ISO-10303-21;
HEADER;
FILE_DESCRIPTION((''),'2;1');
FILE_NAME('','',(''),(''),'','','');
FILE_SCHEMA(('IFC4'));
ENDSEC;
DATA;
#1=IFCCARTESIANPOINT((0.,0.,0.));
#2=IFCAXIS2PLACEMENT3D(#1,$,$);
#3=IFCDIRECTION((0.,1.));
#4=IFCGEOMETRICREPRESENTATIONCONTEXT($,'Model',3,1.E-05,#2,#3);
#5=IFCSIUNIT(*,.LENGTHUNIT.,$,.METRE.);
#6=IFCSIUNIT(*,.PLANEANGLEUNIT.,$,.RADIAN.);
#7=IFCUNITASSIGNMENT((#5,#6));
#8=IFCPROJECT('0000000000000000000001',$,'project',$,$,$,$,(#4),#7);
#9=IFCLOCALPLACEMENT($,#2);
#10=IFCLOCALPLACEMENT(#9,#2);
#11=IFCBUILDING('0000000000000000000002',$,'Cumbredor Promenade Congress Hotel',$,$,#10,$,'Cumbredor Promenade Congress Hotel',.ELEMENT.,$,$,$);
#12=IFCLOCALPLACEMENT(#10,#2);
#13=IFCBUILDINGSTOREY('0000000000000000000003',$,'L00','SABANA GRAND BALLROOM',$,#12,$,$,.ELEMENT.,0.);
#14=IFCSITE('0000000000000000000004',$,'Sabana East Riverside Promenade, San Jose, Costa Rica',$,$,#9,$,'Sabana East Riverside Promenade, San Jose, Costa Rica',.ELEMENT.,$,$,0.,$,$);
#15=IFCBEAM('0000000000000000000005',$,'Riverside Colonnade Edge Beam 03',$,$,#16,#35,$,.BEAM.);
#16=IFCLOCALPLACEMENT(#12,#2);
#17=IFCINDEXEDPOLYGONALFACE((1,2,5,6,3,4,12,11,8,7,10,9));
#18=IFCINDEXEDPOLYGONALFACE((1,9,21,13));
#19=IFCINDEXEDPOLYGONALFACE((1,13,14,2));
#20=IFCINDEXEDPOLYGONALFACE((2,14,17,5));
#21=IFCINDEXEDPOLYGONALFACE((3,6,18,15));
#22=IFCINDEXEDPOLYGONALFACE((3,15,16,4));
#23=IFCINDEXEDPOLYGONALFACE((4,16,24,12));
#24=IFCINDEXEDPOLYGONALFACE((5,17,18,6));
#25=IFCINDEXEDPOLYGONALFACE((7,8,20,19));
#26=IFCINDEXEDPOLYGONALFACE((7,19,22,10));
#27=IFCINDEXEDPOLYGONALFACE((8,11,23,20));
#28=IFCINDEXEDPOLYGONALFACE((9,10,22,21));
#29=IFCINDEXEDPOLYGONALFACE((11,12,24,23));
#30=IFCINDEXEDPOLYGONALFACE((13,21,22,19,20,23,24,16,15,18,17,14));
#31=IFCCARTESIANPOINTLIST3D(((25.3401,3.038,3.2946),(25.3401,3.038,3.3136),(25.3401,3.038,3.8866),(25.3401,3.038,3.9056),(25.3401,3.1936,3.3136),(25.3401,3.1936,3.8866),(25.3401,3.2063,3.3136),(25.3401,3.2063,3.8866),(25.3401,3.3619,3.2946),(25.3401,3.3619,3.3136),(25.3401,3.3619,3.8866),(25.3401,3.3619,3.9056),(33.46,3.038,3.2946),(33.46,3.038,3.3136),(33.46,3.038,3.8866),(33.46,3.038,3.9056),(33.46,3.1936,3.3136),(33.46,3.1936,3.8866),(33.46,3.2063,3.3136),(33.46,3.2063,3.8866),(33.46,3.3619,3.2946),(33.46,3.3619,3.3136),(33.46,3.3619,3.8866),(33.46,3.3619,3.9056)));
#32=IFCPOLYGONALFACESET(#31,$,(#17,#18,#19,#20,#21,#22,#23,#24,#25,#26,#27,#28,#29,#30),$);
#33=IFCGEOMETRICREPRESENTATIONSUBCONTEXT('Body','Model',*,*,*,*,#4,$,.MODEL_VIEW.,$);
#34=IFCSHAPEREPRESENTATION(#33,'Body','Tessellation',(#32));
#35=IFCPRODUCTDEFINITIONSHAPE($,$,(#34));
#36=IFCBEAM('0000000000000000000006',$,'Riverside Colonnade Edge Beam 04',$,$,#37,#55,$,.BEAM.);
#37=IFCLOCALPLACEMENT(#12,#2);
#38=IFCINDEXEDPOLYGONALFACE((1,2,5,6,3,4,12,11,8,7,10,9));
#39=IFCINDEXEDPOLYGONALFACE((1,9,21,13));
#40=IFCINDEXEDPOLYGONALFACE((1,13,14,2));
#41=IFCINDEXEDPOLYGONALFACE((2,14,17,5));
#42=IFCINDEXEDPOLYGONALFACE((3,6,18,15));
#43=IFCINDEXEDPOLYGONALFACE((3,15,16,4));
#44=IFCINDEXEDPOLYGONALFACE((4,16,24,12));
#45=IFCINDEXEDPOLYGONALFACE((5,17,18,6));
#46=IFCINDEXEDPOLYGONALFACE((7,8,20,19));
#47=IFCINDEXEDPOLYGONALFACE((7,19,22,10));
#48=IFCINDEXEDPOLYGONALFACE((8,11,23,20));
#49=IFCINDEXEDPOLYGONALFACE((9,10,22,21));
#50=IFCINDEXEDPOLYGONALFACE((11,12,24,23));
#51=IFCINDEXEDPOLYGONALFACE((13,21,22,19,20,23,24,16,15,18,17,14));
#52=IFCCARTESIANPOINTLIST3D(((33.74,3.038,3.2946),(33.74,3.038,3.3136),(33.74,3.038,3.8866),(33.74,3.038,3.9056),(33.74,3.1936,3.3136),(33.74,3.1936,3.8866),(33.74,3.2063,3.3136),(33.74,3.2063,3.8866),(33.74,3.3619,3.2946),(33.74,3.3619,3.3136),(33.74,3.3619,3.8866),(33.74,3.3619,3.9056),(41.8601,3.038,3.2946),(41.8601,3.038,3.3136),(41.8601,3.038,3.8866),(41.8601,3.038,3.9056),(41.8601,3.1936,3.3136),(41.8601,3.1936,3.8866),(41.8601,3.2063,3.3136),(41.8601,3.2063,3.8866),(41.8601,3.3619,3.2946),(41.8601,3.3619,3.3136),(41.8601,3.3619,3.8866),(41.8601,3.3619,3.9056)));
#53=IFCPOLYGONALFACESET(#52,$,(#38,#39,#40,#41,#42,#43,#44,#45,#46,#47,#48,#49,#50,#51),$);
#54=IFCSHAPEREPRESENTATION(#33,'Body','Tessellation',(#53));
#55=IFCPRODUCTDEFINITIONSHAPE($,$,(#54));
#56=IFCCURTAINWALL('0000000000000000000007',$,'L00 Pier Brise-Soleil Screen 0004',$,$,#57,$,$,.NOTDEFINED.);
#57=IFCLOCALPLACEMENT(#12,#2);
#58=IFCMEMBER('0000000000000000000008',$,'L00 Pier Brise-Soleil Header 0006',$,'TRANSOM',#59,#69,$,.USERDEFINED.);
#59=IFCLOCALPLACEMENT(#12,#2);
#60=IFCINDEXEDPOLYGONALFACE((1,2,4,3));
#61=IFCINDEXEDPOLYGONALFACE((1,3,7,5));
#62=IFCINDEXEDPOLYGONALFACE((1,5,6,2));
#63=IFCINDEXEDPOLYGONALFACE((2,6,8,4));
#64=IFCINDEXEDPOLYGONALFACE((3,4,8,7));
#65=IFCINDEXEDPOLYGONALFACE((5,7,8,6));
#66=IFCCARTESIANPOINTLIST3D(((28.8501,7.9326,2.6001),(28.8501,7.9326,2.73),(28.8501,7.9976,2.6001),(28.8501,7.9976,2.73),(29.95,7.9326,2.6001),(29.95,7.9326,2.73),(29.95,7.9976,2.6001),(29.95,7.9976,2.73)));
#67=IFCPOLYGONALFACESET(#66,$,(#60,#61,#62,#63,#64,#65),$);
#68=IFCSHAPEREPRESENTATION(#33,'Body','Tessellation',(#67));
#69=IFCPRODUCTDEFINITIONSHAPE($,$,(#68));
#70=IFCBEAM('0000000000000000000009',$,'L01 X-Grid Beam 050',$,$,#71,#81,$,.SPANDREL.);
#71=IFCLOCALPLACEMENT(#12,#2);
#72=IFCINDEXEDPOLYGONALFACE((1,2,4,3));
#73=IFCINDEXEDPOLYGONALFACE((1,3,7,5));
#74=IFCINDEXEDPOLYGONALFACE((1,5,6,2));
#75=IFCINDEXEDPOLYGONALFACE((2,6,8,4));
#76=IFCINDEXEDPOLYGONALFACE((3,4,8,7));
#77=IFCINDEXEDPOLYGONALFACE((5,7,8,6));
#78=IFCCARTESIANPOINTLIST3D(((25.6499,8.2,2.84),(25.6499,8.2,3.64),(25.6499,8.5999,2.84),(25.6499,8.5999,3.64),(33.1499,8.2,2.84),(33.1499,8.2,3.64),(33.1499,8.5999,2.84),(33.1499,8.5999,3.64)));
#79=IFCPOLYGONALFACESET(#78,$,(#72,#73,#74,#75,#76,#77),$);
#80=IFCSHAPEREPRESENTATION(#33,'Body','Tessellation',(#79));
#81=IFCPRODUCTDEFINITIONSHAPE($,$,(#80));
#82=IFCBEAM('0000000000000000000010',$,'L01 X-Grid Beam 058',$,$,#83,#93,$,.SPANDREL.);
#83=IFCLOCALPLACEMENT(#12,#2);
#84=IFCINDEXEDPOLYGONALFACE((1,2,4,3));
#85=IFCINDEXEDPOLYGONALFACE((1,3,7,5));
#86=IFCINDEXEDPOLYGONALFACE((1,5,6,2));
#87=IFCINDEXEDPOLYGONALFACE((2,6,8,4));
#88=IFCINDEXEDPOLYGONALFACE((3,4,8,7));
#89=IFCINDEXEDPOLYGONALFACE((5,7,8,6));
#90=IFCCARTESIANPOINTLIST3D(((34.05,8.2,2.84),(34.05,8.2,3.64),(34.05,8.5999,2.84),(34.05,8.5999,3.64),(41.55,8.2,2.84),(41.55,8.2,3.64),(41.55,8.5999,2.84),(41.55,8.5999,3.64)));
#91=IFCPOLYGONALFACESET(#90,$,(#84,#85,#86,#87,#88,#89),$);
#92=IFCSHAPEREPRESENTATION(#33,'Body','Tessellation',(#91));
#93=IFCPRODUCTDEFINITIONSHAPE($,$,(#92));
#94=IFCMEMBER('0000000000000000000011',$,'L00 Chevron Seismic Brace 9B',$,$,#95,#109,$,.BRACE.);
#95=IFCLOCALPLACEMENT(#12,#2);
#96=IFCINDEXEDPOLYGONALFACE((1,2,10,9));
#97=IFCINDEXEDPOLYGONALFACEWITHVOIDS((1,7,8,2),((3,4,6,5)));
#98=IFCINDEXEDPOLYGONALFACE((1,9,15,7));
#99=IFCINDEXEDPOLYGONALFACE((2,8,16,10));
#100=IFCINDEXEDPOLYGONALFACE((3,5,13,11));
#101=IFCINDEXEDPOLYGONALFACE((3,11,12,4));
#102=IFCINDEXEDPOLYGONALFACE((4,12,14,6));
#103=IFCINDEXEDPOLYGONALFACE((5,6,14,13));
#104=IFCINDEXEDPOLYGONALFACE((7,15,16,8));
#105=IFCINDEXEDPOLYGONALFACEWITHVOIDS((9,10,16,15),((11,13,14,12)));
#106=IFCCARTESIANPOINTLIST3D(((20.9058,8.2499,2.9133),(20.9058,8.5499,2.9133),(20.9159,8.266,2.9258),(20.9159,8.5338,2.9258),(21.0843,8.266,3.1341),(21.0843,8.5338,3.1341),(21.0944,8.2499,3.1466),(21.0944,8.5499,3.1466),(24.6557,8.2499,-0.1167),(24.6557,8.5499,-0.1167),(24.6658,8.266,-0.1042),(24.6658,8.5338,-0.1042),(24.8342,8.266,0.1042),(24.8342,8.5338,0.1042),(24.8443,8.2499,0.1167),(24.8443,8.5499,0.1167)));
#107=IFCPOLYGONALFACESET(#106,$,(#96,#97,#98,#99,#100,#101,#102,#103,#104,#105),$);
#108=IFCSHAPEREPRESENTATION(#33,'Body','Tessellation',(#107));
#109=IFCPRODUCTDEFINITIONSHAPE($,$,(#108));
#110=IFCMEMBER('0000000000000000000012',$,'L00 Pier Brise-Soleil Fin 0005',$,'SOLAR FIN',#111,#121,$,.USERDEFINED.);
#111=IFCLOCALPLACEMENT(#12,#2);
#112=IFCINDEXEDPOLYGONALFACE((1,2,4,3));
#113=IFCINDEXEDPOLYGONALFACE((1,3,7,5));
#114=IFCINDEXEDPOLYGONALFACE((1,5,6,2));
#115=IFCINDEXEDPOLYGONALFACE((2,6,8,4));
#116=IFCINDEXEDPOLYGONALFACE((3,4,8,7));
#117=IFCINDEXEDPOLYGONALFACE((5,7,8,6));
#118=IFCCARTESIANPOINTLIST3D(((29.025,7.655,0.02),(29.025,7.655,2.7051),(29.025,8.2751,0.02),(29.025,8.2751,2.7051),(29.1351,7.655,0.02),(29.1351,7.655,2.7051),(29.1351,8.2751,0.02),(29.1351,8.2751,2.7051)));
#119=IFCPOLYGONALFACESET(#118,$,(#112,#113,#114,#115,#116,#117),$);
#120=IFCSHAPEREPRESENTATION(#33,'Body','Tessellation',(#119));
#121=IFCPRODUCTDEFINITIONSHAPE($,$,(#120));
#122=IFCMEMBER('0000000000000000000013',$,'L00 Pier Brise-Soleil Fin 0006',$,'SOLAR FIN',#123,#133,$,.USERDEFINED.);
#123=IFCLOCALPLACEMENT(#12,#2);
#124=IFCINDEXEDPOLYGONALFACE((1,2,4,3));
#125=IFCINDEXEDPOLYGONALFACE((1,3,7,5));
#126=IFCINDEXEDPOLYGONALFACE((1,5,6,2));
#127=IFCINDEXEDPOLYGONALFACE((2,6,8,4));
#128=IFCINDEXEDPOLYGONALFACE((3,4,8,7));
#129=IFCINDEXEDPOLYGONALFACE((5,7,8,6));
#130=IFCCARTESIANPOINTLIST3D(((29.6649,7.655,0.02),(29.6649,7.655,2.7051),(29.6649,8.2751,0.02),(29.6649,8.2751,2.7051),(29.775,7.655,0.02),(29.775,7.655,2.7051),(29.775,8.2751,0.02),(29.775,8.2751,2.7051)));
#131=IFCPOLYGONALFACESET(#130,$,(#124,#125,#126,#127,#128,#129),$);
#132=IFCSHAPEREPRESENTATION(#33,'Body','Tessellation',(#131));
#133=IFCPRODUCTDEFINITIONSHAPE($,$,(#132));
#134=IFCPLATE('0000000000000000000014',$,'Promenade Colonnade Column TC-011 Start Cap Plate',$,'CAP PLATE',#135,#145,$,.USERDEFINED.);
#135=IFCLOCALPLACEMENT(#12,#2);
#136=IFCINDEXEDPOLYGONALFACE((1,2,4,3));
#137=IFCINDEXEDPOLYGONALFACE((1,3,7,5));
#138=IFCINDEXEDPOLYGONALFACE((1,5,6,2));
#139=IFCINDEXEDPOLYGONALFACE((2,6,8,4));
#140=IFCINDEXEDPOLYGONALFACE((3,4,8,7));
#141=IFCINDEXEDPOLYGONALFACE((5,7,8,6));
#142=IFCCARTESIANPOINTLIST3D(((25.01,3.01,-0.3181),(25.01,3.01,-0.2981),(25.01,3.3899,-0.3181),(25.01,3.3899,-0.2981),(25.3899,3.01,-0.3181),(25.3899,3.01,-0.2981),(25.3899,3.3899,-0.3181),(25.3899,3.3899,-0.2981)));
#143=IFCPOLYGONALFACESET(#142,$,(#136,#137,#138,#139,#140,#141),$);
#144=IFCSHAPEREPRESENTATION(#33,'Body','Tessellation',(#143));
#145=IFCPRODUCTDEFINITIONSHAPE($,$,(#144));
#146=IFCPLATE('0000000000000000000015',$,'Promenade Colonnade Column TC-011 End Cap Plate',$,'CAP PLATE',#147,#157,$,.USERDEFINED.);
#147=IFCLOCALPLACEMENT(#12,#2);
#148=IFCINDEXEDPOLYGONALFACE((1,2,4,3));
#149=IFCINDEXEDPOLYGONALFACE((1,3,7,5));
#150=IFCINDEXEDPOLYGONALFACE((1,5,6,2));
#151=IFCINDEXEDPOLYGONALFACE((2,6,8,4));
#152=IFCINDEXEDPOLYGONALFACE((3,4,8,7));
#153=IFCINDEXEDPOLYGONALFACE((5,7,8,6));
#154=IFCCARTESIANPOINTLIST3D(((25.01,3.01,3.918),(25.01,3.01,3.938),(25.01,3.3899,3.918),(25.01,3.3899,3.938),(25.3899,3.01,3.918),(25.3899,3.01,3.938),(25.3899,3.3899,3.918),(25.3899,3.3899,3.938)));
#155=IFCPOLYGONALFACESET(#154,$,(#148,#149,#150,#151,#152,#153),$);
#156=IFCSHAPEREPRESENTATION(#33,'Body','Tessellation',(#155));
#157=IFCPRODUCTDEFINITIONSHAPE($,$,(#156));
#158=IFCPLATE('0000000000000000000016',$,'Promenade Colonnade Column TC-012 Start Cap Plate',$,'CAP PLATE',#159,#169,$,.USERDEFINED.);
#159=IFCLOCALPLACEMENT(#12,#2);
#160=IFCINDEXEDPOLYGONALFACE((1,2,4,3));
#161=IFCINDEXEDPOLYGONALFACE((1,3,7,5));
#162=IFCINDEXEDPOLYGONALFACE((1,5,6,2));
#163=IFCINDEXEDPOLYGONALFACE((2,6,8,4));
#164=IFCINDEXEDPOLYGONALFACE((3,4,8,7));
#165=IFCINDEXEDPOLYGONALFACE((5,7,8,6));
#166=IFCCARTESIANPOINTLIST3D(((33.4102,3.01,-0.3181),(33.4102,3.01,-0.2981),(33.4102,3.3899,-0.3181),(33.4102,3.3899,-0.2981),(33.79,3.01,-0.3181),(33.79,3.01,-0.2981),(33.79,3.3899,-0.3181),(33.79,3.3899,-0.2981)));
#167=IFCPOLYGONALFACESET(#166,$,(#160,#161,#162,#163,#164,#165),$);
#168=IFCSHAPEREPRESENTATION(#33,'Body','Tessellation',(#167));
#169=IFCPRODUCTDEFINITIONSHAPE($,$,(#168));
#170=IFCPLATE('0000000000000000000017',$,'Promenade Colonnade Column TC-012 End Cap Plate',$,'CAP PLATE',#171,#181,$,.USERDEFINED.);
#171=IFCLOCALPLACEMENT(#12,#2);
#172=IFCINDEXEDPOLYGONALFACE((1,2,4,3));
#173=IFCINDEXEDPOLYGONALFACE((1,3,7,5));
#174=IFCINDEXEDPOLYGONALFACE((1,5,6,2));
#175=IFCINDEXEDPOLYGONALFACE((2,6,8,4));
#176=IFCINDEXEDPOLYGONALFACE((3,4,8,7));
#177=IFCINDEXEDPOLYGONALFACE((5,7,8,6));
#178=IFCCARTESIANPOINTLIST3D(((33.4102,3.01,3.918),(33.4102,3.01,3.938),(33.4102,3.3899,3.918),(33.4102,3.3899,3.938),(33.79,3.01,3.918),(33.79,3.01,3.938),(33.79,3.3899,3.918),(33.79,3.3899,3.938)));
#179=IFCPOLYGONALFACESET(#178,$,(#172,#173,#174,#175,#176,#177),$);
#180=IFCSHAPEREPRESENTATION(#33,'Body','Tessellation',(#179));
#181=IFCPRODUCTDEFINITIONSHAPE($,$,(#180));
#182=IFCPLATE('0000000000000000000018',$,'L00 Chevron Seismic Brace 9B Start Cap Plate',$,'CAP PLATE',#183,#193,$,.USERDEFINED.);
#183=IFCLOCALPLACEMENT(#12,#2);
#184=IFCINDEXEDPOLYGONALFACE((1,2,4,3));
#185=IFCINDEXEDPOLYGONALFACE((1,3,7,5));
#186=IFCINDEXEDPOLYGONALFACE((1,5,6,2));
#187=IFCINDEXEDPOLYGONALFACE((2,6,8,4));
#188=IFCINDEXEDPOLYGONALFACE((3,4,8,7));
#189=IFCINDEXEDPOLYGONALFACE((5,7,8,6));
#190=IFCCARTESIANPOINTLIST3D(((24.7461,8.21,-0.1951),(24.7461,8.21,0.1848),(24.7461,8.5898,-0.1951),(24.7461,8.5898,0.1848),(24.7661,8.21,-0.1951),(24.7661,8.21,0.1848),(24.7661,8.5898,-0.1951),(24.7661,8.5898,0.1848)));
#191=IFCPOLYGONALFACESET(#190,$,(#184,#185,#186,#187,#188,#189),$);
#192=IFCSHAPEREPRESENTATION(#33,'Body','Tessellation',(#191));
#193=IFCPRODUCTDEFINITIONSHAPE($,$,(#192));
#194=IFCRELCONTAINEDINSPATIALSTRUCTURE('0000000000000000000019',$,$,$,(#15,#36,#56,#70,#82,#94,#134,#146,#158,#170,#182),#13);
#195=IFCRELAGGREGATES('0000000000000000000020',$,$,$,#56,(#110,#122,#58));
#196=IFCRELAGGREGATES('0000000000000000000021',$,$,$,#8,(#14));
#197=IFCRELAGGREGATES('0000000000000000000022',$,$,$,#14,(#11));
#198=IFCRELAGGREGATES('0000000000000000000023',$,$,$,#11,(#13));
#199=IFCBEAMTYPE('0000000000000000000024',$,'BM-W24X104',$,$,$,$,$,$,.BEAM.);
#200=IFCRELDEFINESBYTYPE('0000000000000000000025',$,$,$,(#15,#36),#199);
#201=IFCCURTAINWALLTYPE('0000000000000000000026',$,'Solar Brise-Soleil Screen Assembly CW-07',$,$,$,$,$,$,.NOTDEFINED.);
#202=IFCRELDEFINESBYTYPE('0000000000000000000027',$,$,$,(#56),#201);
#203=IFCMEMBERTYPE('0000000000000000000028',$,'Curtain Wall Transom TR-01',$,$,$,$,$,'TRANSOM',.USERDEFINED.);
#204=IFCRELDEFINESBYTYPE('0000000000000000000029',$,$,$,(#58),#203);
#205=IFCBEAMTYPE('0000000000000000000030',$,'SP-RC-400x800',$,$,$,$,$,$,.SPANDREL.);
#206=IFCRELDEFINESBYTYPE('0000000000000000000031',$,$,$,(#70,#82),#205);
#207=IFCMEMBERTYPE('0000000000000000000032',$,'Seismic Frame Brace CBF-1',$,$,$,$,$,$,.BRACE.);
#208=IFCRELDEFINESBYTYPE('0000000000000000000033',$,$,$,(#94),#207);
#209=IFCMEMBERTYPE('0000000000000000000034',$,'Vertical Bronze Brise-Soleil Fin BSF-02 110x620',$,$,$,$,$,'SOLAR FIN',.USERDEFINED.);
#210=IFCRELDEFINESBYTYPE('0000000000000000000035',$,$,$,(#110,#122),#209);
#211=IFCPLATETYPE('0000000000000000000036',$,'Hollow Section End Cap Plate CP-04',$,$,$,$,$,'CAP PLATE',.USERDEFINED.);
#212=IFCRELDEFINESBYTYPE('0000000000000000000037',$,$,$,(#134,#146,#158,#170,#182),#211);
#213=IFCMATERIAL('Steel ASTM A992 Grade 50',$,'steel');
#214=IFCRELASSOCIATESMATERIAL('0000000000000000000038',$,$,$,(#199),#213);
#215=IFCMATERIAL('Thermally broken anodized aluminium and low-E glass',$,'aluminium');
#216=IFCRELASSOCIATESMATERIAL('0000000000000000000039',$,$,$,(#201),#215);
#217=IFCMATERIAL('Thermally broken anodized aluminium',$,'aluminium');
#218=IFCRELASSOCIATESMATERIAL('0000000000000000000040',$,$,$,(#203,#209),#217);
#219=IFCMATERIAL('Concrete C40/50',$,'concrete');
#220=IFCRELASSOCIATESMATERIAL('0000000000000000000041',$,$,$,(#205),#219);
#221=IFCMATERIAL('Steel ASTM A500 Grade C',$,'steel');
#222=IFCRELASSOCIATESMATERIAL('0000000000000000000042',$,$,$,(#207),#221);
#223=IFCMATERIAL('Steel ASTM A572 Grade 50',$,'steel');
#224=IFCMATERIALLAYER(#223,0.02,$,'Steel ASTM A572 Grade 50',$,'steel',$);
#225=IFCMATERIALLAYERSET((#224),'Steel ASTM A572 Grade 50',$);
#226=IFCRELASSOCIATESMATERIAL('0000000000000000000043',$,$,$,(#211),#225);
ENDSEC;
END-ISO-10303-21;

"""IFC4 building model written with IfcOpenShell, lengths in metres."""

from ifc_helpers import new_model, si_unit, direction, frame, origin, origin_2d, place, context, subcontext, project, spatial, rectangle, hollow_rectangle, i_section, extrude, material, layer, layer_set, material_profile, profile_set, type_object, element, aggregate, save


model = new_model("IFC4")

# Units and contexts
model_context = context("Model", 3, precision=1e-05, world=origin(), true_north=direction((0.0, 1.0)))
body_context = subcontext(model_context, "Body", "Model", "MODEL_VIEW")
ifc_project = project(units=[si_unit("LENGTHUNIT", "METRE"), si_unit("PLANEANGLEUNIT", "RADIAN")], contexts=[model_context])

# Site, building, storey
site_placement = place(None, origin())
site = spatial("IfcSite", under=ifc_project, at=site_placement, Name="Sabana East Riverside Promenade, San Jose, Costa Rica", LongName="Sabana East Riverside Promenade, San Jose, Costa Rica", CompositionType="ELEMENT", RefElevation=0.0)
building_placement = place(site_placement, origin())
building = spatial("IfcBuilding", under=site, at=building_placement, Name="Cumbredor Promenade Congress Hotel", LongName="Cumbredor Promenade Congress Hotel", CompositionType="ELEMENT")
storey_placement = place(building_placement, origin())
storey = spatial("IfcBuildingStorey", under=building, at=storey_placement, Name="L00", Description="SABANA GRAND BALLROOM", CompositionType="ELEMENT", Elevation=0.0)

# Shared definitions
ifc_material_1 = material(Name="Steel ASTM A500 Grade C", Category="steel")

# Beams
ifc_material_2 = material(Name="Concrete C40/50", Category="concrete")
ifc_material_3 = material(Name="Steel ASTM A992 Grade 50", Category="steel")
ifc_material_profile_1 = material_profile(ifc_material_3, i_section(OverallWidth=0.324, OverallDepth=0.6111, WebThickness=0.0127, FlangeThickness=0.019, at=origin_2d()), Name="W24X104")
ifc_profile_set_1 = profile_set([ifc_material_profile_1], Name="Steel ASTM A992 Grade 50")
beam_type_1 = type_object("IfcBeamType", Name="BM-W24X104", PredefinedType="BEAM", material=ifc_profile_set_1)
beam_1_placement = place(storey_placement, frame((25.3401, 3.2, 3.6001), z_axis=(1.0, 0.0, 0.0), x_axis=(0.0, 1.0, 0.0)))
element("IfcBeam", 1, at=beam_1_placement, inside=storey, type_object=beam_type_1, Name="Riverside Colonnade Edge Beam 03", PredefinedType="BEAM", context=body_context, shape_type="SweptSolid", body=[
    extrude(i_section(OverallWidth=0.324, OverallDepth=0.6111, WebThickness=0.0127, FlangeThickness=0.019, at=origin_2d()), origin(), (0.0, 0.0, 1.0), 8.1199),
])
beam_2_placement = place(storey_placement, frame((33.74, 3.2, 3.6001), z_axis=(1.0, 0.0, 0.0), x_axis=(0.0, 1.0, 0.0)))
element("IfcBeam", 2, at=beam_2_placement, inside=storey, type_object=beam_type_1, Name="Riverside Colonnade Edge Beam 04", PredefinedType="BEAM", context=body_context, shape_type="SweptSolid", body=[
    extrude(i_section(OverallWidth=0.324, OverallDepth=0.6111, WebThickness=0.0127, FlangeThickness=0.019, at=origin_2d()), origin(), (0.0, 0.0, 1.0), 8.1201),
])

# Curtain wall, member
ifc_material_4 = material(Name="Thermally broken anodized aluminium and low-E glass", Category="aluminium")
curtain_wall_type = type_object("IfcCurtainWallType", Name="Solar Brise-Soleil Screen Assembly CW-07", PredefinedType="NOTDEFINED", material=ifc_material_4)
curtain_wall_placement = place(storey_placement, origin())
curtain_wall = element("IfcCurtainWall", 3, at=curtain_wall_placement, inside=storey, type_object=curtain_wall_type, Name="L00 Pier Brise-Soleil Screen 0004", PredefinedType="NOTDEFINED")
ifc_material_5 = material(Name="Thermally broken anodized aluminium", Category="aluminium")
ifc_material_profile_2 = material_profile(ifc_material_5, rectangle(XDim=0.0649, YDim=0.1299, at=origin_2d()), Name="ALU TRANSOM 65x130")
ifc_profile_set_2 = profile_set([ifc_material_profile_2], Name="Thermally broken anodized aluminium")
member_type_1 = type_object("IfcMemberType", Name="Curtain Wall Transom TR-01", ElementType="TRANSOM", PredefinedType="USERDEFINED", material=ifc_profile_set_2)
member_1_placement = place(storey_placement, frame((28.8501, 7.9651, 2.665), z_axis=(1.0, 0.0, 0.0), x_axis=(0.0, 1.0, 0.0)))
member_1 = element("IfcMember", 4, at=member_1_placement, type_object=member_type_1, Name="L00 Pier Brise-Soleil Header 0006", ObjectType="TRANSOM", PredefinedType="USERDEFINED", context=body_context, shape_type="SweptSolid", body=[
    extrude(rectangle(XDim=0.0649, YDim=0.1299, at=origin_2d()), origin(), (0.0, 0.0, 1.0), 1.0999),
])

# Beams
ifc_material_profile_3 = material_profile(ifc_material_2, rectangle(XDim=0.3999, YDim=0.8, at=origin_2d()), Name="RC SPANDREL 400x800")
ifc_profile_set_3 = profile_set([ifc_material_profile_3], Name="Concrete C40/50")
beam_type_2 = type_object("IfcBeamType", Name="SP-RC-400x800", PredefinedType="SPANDREL", material=ifc_profile_set_3)
for number, where, z_axis, x_axis, name in (
    (5, (25.6499, 8.3999, 3.24), (1.0, 0.0, 0.0), (0.0, 1.0, 0.0), "L01 X-Grid Beam 050"),
    (6, (34.05, 8.3999, 3.24), (1.0, 0.0, 0.0), (0.0, 1.0, 0.0), "L01 X-Grid Beam 058"),
):
    element("IfcBeam", number, at=place(storey_placement, frame(where, z_axis=z_axis, x_axis=x_axis)), inside=storey, type_object=beam_type_2, Name=name, PredefinedType="SPANDREL", context=body_context, shape_type="SweptSolid", body=[
        extrude(rectangle(XDim=0.3999, YDim=0.8, at=origin_2d()), origin(), (0.0, 0.0, 1.0), 7.5),
    ])

# Members
ifc_material_profile_4 = material_profile(ifc_material_1, hollow_rectangle(XDim=0.3, YDim=0.3, WallThickness=0.0161, at=origin_2d()), Name="HSS 300x300x16")
ifc_profile_set_4 = profile_set([ifc_material_profile_4], Name="Steel ASTM A500 Grade C")
member_type_2 = type_object("IfcMemberType", Name="Seismic Frame Brace CBF-1", PredefinedType="BRACE", material=ifc_profile_set_4)
member_2_placement = place(storey_placement, frame((24.75, 8.3999, 0.0), z_axis=(-0.777821, 0.0, 0.628486), x_axis=(0.0, -1.0, 0.0)))
element("IfcMember", 7, at=member_2_placement, inside=storey, type_object=member_type_2, Name="L00 Chevron Seismic Brace 9B", PredefinedType="BRACE", context=body_context, shape_type="SweptSolid", body=[
    extrude(hollow_rectangle(XDim=0.3, YDim=0.3, WallThickness=0.0161, at=origin_2d()), origin(), (0.0, 0.0, 1.0), 4.821),
])
ifc_material_profile_5 = material_profile(ifc_material_5, rectangle(XDim=0.1101, YDim=0.6201, at=origin_2d()), Name="ARCH FIN 110x620")
ifc_profile_set_5 = profile_set([ifc_material_profile_5], Name="Thermally broken anodized aluminium")
member_type_3 = type_object("IfcMemberType", Name="Vertical Bronze Brise-Soleil Fin BSF-02 110x620", ElementType="SOLAR FIN", PredefinedType="USERDEFINED", material=ifc_profile_set_5)
member_3_placement = place(storey_placement, frame((29.0801, 7.9651, 0.02), z_axis=(0.0, 0.0, 1.0), x_axis=(1.0, 0.0, 0.0)))
member_3 = element("IfcMember", 8, at=member_3_placement, type_object=member_type_3, Name="L00 Pier Brise-Soleil Fin 0005", ObjectType="SOLAR FIN", PredefinedType="USERDEFINED", context=body_context, shape_type="SweptSolid", body=[
    extrude(rectangle(XDim=0.1101, YDim=0.6201, at=origin_2d()), origin(), (0.0, 0.0, 1.0), 2.6851),
])
member_4_placement = place(storey_placement, frame((29.72, 7.9651, 0.02), z_axis=(0.0, 0.0, 1.0), x_axis=(1.0, 0.0, 0.0)))
member_4 = element("IfcMember", 9, at=member_4_placement, type_object=member_type_3, Name="L00 Pier Brise-Soleil Fin 0006", ObjectType="SOLAR FIN", PredefinedType="USERDEFINED", context=body_context, shape_type="SweptSolid", body=[
    extrude(rectangle(XDim=0.1101, YDim=0.6201, at=origin_2d()), origin(), (0.0, 0.0, 1.0), 2.6851),
])
aggregate(curtain_wall, [member_3, member_4, member_1])

# Plates
ifc_material_6 = material(Name="Steel ASTM A572 Grade 50", Category="steel")
ifc_layer_1 = layer(ifc_material_6, 0.02, Name="Steel ASTM A572 Grade 50", Category="steel")
ifc_layer_set_1 = layer_set([ifc_layer_1], Name="Steel ASTM A572 Grade 50")
plate_type_1 = type_object("IfcPlateType", Name="Hollow Section End Cap Plate CP-04", ElementType="CAP PLATE", PredefinedType="USERDEFINED", material=ifc_layer_set_1)
for number, where, z_axis, x_axis, name in (
    (10, (25.2, 3.2, -0.3181), (0.0, 0.0, 1.0), (1.0, 0.0, 0.0), "Promenade Colonnade Column TC-011 Start Cap Plate"),
    (11, (25.2, 3.2, 3.918), (0.0, 0.0, 1.0), (1.0, 0.0, 0.0), "Promenade Colonnade Column TC-011 End Cap Plate"),
    (12, (33.6001, 3.2, -0.3181), (0.0, 0.0, 1.0), (1.0, 0.0, 0.0), "Promenade Colonnade Column TC-012 Start Cap Plate"),
    (13, (33.6001, 3.2, 3.918), (0.0, 0.0, 1.0), (1.0, 0.0, 0.0), "Promenade Colonnade Column TC-012 End Cap Plate"),
):
    element("IfcPlate", number, at=place(storey_placement, frame(where, z_axis=z_axis, x_axis=x_axis)), inside=storey, type_object=plate_type_1, Name=name, ObjectType="CAP PLATE", PredefinedType="USERDEFINED", context=body_context, shape_type="SweptSolid", body=[
        extrude(rectangle(XDim=0.3799, YDim=0.3799, at=origin_2d()), origin(), (0.0, 0.0, 1.0), 0.02),
    ])
plate_1_placement = place(storey_placement, frame((24.7561, 8.3999, -0.1951), z_axis=(0.0, 0.0, 1.0), x_axis=(-1.0, 0.0, 0.0)))
element("IfcPlate", 14, at=plate_1_placement, inside=storey, type_object=plate_type_1, Name="L00 Chevron Seismic Brace 9B Start Cap Plate", ObjectType="CAP PLATE", PredefinedType="USERDEFINED", context=body_context, shape_type="SweptSolid", body=[
    extrude(rectangle(XDim=0.02, YDim=0.3799, at=origin_2d()), origin(), (0.0, 0.0, 1.0), 0.3799),
])

save(model, "model.ifc")
